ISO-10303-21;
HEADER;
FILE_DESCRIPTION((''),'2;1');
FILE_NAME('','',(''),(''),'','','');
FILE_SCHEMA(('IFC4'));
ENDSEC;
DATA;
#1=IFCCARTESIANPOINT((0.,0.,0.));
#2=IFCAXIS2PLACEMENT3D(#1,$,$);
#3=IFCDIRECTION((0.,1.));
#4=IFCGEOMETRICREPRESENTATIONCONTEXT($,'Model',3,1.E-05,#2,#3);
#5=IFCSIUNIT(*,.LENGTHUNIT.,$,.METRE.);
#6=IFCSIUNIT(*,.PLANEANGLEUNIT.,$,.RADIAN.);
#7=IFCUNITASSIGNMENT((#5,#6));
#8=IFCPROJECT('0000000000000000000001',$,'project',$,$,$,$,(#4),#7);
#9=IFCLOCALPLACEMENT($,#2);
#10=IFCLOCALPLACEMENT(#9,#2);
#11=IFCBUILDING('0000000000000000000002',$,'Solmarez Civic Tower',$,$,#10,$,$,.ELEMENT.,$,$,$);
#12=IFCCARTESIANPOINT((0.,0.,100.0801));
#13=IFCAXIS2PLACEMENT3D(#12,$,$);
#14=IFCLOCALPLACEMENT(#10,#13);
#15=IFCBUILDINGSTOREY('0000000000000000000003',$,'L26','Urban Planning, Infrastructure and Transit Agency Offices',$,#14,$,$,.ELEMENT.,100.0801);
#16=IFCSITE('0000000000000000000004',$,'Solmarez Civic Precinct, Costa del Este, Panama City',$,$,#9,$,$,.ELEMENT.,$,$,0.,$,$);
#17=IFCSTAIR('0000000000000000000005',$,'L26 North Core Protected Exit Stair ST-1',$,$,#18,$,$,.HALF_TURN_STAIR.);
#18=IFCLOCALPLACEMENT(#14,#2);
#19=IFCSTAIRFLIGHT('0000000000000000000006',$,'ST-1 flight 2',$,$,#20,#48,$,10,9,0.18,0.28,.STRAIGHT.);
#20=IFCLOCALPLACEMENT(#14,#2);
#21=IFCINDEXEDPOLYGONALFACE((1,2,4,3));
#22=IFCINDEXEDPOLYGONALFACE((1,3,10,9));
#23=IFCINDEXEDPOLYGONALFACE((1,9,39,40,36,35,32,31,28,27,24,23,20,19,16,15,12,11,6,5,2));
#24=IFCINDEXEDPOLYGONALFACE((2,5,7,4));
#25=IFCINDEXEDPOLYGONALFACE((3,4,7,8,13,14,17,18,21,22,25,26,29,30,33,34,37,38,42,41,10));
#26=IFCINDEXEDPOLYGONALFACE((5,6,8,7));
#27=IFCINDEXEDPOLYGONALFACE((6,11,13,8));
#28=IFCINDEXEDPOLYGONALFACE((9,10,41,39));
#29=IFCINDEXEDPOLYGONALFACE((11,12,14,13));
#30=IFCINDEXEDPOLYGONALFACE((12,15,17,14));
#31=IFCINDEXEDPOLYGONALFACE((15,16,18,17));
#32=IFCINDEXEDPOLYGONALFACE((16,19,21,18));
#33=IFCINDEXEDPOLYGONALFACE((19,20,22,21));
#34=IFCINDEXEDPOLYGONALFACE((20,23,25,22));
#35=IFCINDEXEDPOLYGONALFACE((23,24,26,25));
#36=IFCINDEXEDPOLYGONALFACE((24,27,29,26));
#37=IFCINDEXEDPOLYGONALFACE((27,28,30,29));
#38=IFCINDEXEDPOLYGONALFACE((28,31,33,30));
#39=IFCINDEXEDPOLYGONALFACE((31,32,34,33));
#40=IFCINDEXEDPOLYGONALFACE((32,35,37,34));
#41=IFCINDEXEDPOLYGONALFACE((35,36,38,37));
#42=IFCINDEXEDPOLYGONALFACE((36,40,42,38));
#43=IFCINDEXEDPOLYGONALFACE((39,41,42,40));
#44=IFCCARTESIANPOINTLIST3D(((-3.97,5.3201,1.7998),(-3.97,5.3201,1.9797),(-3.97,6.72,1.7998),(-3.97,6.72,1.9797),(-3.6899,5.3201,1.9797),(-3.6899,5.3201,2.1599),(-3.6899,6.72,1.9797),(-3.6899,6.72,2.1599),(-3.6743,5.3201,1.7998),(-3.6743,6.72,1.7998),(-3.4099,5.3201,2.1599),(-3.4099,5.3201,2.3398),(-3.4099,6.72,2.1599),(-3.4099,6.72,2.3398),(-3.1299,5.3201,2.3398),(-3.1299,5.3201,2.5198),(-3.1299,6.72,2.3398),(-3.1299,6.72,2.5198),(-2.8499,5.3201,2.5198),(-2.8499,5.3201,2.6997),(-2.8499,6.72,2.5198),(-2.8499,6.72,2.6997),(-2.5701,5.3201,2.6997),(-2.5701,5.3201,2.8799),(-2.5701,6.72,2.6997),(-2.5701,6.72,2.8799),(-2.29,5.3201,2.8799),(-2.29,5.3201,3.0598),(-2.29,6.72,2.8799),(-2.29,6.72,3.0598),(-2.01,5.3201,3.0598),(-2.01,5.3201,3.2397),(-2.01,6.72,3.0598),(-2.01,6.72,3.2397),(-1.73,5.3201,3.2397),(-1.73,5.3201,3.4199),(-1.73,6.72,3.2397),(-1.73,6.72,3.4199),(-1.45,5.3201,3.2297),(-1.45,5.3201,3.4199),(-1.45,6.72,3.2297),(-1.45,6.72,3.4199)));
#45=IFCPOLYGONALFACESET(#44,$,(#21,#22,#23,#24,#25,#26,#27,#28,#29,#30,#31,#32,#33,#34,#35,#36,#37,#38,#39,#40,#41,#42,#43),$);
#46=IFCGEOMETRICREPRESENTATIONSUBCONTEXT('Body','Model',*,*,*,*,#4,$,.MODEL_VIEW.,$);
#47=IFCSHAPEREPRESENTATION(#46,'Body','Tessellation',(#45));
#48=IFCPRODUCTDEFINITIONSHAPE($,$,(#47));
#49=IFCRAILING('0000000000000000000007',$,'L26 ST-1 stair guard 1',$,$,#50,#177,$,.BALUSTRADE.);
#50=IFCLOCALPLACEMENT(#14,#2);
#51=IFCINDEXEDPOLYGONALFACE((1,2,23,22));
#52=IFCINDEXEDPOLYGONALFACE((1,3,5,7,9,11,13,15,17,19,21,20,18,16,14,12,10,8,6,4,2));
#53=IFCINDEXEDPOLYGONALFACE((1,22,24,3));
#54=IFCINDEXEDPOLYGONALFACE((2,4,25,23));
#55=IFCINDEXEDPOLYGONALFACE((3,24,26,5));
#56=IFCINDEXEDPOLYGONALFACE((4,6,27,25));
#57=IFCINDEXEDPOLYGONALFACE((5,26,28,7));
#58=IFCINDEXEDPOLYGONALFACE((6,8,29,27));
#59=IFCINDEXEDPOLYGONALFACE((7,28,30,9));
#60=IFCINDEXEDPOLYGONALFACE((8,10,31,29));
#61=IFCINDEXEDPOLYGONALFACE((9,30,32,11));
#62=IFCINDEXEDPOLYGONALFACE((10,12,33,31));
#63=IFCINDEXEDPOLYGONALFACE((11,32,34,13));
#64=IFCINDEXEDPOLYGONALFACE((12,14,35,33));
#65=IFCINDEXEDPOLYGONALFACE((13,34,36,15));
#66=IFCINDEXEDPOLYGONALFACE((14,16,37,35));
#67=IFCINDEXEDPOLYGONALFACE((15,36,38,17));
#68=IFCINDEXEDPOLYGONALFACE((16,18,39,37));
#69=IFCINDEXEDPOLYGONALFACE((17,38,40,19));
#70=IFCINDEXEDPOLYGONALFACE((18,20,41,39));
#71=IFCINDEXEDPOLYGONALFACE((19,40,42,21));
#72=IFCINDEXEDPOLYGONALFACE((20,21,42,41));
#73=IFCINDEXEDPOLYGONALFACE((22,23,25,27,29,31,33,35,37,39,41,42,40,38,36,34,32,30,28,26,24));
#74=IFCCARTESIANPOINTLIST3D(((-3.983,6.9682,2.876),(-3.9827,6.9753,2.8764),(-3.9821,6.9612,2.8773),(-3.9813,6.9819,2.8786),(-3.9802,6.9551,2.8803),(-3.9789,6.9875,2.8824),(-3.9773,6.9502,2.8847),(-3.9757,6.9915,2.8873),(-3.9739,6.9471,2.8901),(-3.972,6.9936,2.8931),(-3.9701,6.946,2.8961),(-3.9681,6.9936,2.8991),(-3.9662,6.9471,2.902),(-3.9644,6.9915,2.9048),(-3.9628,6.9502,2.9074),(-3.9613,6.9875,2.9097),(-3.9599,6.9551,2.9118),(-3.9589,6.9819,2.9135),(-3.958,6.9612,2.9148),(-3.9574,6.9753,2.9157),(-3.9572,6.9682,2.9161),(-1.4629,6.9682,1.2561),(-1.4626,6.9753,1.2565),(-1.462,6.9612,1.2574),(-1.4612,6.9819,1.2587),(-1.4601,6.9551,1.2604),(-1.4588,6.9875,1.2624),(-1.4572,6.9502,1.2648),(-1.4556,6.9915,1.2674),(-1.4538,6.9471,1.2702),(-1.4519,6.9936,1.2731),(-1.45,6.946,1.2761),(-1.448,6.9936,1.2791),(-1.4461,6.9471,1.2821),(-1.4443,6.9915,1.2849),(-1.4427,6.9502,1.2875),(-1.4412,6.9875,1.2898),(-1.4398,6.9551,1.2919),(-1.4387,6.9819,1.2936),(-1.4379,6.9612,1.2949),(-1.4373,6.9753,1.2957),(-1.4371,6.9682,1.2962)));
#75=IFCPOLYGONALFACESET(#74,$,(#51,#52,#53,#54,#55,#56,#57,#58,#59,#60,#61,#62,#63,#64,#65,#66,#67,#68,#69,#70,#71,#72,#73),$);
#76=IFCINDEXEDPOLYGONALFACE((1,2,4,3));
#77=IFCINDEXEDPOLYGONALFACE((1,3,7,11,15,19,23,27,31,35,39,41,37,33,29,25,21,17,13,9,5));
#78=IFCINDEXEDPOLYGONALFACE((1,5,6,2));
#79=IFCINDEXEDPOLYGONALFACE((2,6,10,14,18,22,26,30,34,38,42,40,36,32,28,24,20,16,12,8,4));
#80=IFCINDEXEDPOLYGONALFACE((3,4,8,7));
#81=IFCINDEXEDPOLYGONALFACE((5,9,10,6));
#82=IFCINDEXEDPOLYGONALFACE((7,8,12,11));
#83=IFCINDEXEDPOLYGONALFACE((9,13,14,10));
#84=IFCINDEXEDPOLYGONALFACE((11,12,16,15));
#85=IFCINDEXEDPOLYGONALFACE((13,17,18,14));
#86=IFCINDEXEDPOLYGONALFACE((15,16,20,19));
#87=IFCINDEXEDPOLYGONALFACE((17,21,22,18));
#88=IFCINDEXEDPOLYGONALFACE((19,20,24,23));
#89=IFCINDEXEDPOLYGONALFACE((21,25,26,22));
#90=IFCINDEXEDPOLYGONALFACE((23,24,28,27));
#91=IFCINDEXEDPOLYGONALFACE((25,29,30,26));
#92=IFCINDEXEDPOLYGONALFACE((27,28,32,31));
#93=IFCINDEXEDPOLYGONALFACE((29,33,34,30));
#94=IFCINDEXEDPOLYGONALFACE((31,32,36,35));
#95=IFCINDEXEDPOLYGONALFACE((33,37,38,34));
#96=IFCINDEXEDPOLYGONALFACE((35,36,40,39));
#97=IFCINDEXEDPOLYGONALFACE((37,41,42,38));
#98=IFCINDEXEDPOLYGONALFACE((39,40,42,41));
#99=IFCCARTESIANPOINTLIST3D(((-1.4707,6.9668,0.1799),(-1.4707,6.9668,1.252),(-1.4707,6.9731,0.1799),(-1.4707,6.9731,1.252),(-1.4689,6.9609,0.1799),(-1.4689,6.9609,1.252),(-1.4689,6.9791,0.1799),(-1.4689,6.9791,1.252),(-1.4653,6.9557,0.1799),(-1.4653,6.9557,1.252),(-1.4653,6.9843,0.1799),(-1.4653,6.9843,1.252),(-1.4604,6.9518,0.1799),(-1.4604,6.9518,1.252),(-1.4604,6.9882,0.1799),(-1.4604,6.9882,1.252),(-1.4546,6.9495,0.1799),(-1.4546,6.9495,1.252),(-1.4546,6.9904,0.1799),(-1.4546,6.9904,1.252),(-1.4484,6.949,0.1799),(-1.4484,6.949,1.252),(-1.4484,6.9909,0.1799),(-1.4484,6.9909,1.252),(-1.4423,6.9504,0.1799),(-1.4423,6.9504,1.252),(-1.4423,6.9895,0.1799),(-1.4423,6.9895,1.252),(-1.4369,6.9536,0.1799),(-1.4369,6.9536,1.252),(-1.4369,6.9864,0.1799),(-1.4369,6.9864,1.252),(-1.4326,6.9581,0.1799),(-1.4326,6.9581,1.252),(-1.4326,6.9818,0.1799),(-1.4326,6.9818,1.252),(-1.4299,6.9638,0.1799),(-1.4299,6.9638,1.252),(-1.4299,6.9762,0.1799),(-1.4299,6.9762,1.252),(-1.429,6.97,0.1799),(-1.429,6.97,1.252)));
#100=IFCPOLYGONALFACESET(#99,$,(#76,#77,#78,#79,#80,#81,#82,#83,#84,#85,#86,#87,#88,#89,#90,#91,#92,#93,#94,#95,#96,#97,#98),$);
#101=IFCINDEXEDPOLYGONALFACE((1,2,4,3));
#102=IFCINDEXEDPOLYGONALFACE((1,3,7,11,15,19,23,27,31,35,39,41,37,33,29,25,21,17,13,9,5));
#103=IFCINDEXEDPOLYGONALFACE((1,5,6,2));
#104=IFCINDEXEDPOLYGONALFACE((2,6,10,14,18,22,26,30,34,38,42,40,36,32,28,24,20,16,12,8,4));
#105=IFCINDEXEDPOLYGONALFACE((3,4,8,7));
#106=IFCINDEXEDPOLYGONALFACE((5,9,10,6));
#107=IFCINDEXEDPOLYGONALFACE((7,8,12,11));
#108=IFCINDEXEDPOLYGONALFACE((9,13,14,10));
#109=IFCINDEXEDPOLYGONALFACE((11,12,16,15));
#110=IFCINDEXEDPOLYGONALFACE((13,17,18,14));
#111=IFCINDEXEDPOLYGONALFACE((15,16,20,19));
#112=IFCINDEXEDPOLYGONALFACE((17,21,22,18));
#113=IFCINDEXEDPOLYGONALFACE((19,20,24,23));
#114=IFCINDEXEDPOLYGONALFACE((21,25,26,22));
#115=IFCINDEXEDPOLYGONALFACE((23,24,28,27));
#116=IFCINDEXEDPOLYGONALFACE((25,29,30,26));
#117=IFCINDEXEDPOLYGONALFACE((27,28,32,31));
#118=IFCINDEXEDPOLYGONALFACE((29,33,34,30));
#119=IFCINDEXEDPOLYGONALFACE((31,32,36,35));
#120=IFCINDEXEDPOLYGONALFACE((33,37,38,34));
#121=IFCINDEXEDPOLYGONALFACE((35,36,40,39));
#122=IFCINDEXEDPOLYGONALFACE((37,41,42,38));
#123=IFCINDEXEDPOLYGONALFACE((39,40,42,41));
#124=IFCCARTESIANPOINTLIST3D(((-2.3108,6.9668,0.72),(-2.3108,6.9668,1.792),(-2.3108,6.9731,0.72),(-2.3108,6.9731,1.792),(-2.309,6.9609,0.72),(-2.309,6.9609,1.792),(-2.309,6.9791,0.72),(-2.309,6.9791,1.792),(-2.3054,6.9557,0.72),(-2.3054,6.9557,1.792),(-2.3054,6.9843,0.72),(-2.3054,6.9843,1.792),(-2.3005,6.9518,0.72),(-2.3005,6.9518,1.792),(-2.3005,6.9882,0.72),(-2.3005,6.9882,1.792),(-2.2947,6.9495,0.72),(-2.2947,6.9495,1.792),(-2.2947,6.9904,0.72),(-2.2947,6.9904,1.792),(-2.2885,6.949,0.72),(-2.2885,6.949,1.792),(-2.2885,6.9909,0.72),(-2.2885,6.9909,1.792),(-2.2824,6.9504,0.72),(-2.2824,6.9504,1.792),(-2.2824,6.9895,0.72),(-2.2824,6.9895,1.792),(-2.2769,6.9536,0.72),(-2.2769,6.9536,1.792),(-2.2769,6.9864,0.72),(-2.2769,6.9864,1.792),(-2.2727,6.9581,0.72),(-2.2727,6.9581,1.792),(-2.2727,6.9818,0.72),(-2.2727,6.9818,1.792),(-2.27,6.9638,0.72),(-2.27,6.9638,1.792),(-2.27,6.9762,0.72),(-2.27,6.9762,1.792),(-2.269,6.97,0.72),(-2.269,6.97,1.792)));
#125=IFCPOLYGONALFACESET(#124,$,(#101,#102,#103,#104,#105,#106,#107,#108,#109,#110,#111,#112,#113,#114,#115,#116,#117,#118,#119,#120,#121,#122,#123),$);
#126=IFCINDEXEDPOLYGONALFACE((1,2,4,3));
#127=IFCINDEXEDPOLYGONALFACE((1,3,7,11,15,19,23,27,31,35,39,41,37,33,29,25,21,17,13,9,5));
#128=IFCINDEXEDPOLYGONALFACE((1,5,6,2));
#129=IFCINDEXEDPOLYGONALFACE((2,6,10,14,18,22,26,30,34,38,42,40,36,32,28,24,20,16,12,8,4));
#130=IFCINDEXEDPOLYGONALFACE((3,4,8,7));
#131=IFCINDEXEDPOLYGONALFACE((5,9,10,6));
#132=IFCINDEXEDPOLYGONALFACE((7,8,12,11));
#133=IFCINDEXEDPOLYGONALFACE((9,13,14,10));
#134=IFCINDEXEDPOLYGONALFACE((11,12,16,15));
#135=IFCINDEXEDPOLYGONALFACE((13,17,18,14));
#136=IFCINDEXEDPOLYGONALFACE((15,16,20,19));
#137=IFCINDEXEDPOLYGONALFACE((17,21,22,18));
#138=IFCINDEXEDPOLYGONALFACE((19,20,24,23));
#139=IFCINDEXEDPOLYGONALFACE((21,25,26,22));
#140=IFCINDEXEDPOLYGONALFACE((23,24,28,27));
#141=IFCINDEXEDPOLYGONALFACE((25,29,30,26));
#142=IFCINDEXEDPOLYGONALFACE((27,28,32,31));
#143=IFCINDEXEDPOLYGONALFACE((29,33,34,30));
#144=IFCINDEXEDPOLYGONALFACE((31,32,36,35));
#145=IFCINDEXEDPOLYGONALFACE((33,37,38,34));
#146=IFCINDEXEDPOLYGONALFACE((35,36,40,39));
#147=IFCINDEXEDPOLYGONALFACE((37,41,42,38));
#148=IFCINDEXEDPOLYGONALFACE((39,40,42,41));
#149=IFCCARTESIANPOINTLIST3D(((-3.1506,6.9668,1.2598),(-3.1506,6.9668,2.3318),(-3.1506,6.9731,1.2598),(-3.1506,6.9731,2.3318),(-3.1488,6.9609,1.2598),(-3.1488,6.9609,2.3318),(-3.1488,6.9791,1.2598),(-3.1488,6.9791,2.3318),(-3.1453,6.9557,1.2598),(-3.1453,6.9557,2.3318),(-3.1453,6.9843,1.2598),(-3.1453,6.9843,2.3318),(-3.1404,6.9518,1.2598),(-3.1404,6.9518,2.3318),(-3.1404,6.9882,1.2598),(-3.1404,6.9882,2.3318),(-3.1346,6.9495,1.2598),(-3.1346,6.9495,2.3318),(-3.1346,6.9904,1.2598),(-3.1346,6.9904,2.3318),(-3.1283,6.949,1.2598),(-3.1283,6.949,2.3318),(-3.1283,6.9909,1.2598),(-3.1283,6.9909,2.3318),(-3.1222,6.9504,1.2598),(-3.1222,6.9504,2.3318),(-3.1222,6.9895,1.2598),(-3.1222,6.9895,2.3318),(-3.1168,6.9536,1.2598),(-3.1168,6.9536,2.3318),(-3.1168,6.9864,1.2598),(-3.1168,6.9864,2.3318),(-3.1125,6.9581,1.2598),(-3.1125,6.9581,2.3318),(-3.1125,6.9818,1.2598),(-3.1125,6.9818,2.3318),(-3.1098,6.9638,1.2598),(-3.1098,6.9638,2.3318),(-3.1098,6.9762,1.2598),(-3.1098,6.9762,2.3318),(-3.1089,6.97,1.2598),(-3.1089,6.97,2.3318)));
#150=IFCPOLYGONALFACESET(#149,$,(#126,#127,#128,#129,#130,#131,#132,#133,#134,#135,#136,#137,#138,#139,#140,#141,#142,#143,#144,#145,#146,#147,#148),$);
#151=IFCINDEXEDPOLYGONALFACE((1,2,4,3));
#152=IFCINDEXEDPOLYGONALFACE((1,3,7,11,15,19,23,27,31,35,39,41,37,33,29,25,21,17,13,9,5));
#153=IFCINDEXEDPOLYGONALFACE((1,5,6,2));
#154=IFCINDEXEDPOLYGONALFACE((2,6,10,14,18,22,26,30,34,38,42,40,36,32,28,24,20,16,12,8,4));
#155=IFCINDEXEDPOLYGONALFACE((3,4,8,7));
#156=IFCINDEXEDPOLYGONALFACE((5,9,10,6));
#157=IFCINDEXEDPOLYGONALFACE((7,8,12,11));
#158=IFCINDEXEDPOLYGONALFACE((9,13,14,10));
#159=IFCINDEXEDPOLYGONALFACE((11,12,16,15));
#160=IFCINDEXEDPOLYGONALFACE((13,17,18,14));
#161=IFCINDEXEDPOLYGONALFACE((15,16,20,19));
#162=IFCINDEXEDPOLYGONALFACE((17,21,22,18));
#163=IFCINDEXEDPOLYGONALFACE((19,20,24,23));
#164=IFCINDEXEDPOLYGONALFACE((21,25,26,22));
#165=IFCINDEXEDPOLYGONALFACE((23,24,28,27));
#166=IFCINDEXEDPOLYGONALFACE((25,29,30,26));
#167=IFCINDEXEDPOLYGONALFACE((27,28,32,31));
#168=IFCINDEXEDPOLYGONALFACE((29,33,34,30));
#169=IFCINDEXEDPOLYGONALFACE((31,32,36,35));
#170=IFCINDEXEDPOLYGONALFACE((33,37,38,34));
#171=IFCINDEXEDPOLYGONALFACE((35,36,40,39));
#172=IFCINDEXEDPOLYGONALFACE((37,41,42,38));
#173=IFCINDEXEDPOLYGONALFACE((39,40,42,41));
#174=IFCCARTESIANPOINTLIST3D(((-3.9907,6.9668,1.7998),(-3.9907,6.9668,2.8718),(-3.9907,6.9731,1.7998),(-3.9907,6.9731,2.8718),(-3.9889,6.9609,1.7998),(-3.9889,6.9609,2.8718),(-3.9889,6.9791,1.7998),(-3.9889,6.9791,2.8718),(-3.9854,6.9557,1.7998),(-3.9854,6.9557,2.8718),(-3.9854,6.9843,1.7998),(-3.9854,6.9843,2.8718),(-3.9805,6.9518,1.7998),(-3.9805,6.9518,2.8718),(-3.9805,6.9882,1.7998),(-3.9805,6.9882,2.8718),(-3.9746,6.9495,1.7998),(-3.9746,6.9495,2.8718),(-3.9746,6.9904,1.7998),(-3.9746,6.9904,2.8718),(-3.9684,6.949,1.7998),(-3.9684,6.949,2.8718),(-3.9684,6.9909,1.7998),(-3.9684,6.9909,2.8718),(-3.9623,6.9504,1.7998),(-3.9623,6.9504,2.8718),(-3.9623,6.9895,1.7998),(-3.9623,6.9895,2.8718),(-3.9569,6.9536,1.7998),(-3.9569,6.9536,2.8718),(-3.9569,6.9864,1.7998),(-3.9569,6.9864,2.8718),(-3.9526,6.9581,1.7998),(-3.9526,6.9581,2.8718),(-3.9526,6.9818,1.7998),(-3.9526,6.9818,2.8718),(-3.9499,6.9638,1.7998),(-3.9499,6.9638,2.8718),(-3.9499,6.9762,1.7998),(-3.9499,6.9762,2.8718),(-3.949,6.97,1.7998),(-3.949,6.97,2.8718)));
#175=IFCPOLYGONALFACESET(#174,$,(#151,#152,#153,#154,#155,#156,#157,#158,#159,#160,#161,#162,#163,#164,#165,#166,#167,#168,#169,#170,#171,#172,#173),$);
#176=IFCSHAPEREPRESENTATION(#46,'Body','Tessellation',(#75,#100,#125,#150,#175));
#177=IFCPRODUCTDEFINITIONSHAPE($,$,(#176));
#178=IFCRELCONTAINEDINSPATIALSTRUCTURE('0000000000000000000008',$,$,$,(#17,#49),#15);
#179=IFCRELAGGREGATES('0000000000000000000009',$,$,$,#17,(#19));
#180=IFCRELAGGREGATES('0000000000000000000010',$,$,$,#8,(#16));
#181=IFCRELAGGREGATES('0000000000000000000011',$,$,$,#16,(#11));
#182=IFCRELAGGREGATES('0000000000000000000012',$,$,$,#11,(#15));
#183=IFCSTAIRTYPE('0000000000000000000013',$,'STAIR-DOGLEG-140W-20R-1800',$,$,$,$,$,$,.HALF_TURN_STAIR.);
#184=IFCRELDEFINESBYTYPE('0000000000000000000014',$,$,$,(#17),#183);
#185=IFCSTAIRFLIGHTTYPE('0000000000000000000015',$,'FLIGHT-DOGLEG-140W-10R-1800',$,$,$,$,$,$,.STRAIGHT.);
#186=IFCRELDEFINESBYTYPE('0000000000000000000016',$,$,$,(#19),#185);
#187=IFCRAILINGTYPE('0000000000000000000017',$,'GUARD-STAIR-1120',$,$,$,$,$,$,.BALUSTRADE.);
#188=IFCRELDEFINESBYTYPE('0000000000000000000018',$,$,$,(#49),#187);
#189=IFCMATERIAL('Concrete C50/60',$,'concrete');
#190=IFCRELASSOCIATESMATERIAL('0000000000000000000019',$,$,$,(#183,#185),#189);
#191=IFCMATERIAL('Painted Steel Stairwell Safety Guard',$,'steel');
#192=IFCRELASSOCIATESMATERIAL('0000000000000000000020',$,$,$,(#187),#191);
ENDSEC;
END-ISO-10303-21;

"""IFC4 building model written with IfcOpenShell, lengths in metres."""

from ifc_helpers import new_model, si_unit, direction, frame, origin, origin_2d, place, context, subcontext, project, spatial, polyline, circle, outline, extrude, material, type_object, element, aggregate, save


model = new_model("IFC4")

# Units and contexts
model_context = context("Model", 3, precision=1e-05, world=origin(), true_north=direction((0.0, 1.0)))
body_context = subcontext(model_context, "Body", "Model", "MODEL_VIEW")
ifc_project = project(units=[si_unit("LENGTHUNIT", "METRE"), si_unit("PLANEANGLEUNIT", "RADIAN")], contexts=[model_context])

# Site, building, storey
site_placement = place(None, origin())
site = spatial("IfcSite", under=ifc_project, at=site_placement, Name="Solmarez Civic Precinct, Costa del Este, Panama City", CompositionType="ELEMENT", RefElevation=0.0)
building_placement = place(site_placement, origin())
building = spatial("IfcBuilding", under=site, at=building_placement, Name="Solmarez Civic Tower", CompositionType="ELEMENT")
storey_placement = place(building_placement, frame((0.0, 0.0, 100.0801)))
storey = spatial("IfcBuildingStorey", under=building, at=storey_placement, Name="L26", Description="Urban Planning, Infrastructure and Transit Agency Offices", CompositionType="ELEMENT", Elevation=100.0801)

# Shared definitions
ifc_material_1 = material(Name="Concrete C50/60", Category="concrete")

# Stair, stair flight
stair_type = type_object("IfcStairType", Name="STAIR-DOGLEG-140W-20R-1800", PredefinedType="HALF_TURN_STAIR", material=ifc_material_1)
stair_placement = place(storey_placement, origin())
stair = element("IfcStair", 1, at=stair_placement, inside=storey, type_object=stair_type, Name="L26 North Core Protected Exit Stair ST-1", PredefinedType="HALF_TURN_STAIR")
stair_flight_type = type_object("IfcStairFlightType", Name="FLIGHT-DOGLEG-140W-10R-1800", PredefinedType="STRAIGHT", material=ifc_material_1)
stair_flight_placement = place(storey_placement, frame((-3.97, 6.02, 1.7998), z_axis=(0.0, 0.0, 1.0), x_axis=(1.0, 0.0, 0.0)))
stair_flight = element("IfcStairFlight", 2, at=stair_flight_placement, type_object=stair_flight_type, Name="ST-1 flight 2", NumberOfRisers=10, NumberOfTreads=9, PredefinedType="STRAIGHT", RiserHeight=0.18, TreadLength=0.28, context=body_context, shape_type="SweptSolid", body=[
    extrude(outline(polyline([(0.0, 0.0), (0.0, 0.1799), (0.28, 0.1799), (0.28, 0.3601), (0.5601, 0.3601), (0.5601, 0.54), (0.8401, 0.54), (0.8401, 0.72), (1.1201, 0.72), (1.1201, 0.8999), (1.3999, 0.8999), (1.3999, 1.0801), (1.6799, 1.0801), (1.6799, 1.26), (1.96, 1.26), (1.96, 1.4399), (2.24, 1.4399), (2.24, 1.6201), (2.52, 1.6201), (2.52, 1.8), (2.52, 1.4299), (0.2957, 0.0), (0.0, 0.0)])), frame((0.0, 0.7, 0.0), z_axis=(0.0, -1.0, 0.0), x_axis=(1.0, 0.0, 0.0)), (0.0, 0.0, 1.0), 1.3999),
])
aggregate(stair, [stair_flight])

# Railing
ifc_material_2 = material(Name="Painted Steel Stairwell Safety Guard", Category="steel")
railing_type_1 = type_object("IfcRailingType", Name="GUARD-STAIR-1120", PredefinedType="BALUSTRADE", material=ifc_material_2)
railing_1_placement = place(storey_placement, frame((-1.45, 6.97, 0.1799)))
element("IfcRailing", 3, at=railing_1_placement, inside=storey, type_object=railing_type_1, Name="L26 ST-1 stair guard 1", PredefinedType="BALUSTRADE", context=body_context, shape_type="SweptSolid", body=[
    extrude(circle(Radius=0.0239, at=origin_2d()), frame((0.0, 0.0, 1.0962), z_axis=(-0.8412, 0.0, 0.540725), x_axis=(0.0, -1.0, 0.0)), (0.0, 0.0, 1.0), 2.9958),
    extrude(circle(Radius=0.021, at=origin_2d()), origin(), (0.0, 0.0, 1.0), 1.072),
    extrude(circle(Radius=0.021, at=origin_2d()), frame((-0.8401, 0.0, 0.54)), (0.0, 0.0, 1.0), 1.072),
    extrude(circle(Radius=0.021, at=origin_2d()), frame((-1.6799, 0.0, 1.0798)), (0.0, 0.0, 1.0), 1.072),
    extrude(circle(Radius=0.021, at=origin_2d()), frame((-2.52, 0.0, 1.6199)), (0.0, 0.0, 1.0), 1.072),
])

save(model, "model.ifc")
